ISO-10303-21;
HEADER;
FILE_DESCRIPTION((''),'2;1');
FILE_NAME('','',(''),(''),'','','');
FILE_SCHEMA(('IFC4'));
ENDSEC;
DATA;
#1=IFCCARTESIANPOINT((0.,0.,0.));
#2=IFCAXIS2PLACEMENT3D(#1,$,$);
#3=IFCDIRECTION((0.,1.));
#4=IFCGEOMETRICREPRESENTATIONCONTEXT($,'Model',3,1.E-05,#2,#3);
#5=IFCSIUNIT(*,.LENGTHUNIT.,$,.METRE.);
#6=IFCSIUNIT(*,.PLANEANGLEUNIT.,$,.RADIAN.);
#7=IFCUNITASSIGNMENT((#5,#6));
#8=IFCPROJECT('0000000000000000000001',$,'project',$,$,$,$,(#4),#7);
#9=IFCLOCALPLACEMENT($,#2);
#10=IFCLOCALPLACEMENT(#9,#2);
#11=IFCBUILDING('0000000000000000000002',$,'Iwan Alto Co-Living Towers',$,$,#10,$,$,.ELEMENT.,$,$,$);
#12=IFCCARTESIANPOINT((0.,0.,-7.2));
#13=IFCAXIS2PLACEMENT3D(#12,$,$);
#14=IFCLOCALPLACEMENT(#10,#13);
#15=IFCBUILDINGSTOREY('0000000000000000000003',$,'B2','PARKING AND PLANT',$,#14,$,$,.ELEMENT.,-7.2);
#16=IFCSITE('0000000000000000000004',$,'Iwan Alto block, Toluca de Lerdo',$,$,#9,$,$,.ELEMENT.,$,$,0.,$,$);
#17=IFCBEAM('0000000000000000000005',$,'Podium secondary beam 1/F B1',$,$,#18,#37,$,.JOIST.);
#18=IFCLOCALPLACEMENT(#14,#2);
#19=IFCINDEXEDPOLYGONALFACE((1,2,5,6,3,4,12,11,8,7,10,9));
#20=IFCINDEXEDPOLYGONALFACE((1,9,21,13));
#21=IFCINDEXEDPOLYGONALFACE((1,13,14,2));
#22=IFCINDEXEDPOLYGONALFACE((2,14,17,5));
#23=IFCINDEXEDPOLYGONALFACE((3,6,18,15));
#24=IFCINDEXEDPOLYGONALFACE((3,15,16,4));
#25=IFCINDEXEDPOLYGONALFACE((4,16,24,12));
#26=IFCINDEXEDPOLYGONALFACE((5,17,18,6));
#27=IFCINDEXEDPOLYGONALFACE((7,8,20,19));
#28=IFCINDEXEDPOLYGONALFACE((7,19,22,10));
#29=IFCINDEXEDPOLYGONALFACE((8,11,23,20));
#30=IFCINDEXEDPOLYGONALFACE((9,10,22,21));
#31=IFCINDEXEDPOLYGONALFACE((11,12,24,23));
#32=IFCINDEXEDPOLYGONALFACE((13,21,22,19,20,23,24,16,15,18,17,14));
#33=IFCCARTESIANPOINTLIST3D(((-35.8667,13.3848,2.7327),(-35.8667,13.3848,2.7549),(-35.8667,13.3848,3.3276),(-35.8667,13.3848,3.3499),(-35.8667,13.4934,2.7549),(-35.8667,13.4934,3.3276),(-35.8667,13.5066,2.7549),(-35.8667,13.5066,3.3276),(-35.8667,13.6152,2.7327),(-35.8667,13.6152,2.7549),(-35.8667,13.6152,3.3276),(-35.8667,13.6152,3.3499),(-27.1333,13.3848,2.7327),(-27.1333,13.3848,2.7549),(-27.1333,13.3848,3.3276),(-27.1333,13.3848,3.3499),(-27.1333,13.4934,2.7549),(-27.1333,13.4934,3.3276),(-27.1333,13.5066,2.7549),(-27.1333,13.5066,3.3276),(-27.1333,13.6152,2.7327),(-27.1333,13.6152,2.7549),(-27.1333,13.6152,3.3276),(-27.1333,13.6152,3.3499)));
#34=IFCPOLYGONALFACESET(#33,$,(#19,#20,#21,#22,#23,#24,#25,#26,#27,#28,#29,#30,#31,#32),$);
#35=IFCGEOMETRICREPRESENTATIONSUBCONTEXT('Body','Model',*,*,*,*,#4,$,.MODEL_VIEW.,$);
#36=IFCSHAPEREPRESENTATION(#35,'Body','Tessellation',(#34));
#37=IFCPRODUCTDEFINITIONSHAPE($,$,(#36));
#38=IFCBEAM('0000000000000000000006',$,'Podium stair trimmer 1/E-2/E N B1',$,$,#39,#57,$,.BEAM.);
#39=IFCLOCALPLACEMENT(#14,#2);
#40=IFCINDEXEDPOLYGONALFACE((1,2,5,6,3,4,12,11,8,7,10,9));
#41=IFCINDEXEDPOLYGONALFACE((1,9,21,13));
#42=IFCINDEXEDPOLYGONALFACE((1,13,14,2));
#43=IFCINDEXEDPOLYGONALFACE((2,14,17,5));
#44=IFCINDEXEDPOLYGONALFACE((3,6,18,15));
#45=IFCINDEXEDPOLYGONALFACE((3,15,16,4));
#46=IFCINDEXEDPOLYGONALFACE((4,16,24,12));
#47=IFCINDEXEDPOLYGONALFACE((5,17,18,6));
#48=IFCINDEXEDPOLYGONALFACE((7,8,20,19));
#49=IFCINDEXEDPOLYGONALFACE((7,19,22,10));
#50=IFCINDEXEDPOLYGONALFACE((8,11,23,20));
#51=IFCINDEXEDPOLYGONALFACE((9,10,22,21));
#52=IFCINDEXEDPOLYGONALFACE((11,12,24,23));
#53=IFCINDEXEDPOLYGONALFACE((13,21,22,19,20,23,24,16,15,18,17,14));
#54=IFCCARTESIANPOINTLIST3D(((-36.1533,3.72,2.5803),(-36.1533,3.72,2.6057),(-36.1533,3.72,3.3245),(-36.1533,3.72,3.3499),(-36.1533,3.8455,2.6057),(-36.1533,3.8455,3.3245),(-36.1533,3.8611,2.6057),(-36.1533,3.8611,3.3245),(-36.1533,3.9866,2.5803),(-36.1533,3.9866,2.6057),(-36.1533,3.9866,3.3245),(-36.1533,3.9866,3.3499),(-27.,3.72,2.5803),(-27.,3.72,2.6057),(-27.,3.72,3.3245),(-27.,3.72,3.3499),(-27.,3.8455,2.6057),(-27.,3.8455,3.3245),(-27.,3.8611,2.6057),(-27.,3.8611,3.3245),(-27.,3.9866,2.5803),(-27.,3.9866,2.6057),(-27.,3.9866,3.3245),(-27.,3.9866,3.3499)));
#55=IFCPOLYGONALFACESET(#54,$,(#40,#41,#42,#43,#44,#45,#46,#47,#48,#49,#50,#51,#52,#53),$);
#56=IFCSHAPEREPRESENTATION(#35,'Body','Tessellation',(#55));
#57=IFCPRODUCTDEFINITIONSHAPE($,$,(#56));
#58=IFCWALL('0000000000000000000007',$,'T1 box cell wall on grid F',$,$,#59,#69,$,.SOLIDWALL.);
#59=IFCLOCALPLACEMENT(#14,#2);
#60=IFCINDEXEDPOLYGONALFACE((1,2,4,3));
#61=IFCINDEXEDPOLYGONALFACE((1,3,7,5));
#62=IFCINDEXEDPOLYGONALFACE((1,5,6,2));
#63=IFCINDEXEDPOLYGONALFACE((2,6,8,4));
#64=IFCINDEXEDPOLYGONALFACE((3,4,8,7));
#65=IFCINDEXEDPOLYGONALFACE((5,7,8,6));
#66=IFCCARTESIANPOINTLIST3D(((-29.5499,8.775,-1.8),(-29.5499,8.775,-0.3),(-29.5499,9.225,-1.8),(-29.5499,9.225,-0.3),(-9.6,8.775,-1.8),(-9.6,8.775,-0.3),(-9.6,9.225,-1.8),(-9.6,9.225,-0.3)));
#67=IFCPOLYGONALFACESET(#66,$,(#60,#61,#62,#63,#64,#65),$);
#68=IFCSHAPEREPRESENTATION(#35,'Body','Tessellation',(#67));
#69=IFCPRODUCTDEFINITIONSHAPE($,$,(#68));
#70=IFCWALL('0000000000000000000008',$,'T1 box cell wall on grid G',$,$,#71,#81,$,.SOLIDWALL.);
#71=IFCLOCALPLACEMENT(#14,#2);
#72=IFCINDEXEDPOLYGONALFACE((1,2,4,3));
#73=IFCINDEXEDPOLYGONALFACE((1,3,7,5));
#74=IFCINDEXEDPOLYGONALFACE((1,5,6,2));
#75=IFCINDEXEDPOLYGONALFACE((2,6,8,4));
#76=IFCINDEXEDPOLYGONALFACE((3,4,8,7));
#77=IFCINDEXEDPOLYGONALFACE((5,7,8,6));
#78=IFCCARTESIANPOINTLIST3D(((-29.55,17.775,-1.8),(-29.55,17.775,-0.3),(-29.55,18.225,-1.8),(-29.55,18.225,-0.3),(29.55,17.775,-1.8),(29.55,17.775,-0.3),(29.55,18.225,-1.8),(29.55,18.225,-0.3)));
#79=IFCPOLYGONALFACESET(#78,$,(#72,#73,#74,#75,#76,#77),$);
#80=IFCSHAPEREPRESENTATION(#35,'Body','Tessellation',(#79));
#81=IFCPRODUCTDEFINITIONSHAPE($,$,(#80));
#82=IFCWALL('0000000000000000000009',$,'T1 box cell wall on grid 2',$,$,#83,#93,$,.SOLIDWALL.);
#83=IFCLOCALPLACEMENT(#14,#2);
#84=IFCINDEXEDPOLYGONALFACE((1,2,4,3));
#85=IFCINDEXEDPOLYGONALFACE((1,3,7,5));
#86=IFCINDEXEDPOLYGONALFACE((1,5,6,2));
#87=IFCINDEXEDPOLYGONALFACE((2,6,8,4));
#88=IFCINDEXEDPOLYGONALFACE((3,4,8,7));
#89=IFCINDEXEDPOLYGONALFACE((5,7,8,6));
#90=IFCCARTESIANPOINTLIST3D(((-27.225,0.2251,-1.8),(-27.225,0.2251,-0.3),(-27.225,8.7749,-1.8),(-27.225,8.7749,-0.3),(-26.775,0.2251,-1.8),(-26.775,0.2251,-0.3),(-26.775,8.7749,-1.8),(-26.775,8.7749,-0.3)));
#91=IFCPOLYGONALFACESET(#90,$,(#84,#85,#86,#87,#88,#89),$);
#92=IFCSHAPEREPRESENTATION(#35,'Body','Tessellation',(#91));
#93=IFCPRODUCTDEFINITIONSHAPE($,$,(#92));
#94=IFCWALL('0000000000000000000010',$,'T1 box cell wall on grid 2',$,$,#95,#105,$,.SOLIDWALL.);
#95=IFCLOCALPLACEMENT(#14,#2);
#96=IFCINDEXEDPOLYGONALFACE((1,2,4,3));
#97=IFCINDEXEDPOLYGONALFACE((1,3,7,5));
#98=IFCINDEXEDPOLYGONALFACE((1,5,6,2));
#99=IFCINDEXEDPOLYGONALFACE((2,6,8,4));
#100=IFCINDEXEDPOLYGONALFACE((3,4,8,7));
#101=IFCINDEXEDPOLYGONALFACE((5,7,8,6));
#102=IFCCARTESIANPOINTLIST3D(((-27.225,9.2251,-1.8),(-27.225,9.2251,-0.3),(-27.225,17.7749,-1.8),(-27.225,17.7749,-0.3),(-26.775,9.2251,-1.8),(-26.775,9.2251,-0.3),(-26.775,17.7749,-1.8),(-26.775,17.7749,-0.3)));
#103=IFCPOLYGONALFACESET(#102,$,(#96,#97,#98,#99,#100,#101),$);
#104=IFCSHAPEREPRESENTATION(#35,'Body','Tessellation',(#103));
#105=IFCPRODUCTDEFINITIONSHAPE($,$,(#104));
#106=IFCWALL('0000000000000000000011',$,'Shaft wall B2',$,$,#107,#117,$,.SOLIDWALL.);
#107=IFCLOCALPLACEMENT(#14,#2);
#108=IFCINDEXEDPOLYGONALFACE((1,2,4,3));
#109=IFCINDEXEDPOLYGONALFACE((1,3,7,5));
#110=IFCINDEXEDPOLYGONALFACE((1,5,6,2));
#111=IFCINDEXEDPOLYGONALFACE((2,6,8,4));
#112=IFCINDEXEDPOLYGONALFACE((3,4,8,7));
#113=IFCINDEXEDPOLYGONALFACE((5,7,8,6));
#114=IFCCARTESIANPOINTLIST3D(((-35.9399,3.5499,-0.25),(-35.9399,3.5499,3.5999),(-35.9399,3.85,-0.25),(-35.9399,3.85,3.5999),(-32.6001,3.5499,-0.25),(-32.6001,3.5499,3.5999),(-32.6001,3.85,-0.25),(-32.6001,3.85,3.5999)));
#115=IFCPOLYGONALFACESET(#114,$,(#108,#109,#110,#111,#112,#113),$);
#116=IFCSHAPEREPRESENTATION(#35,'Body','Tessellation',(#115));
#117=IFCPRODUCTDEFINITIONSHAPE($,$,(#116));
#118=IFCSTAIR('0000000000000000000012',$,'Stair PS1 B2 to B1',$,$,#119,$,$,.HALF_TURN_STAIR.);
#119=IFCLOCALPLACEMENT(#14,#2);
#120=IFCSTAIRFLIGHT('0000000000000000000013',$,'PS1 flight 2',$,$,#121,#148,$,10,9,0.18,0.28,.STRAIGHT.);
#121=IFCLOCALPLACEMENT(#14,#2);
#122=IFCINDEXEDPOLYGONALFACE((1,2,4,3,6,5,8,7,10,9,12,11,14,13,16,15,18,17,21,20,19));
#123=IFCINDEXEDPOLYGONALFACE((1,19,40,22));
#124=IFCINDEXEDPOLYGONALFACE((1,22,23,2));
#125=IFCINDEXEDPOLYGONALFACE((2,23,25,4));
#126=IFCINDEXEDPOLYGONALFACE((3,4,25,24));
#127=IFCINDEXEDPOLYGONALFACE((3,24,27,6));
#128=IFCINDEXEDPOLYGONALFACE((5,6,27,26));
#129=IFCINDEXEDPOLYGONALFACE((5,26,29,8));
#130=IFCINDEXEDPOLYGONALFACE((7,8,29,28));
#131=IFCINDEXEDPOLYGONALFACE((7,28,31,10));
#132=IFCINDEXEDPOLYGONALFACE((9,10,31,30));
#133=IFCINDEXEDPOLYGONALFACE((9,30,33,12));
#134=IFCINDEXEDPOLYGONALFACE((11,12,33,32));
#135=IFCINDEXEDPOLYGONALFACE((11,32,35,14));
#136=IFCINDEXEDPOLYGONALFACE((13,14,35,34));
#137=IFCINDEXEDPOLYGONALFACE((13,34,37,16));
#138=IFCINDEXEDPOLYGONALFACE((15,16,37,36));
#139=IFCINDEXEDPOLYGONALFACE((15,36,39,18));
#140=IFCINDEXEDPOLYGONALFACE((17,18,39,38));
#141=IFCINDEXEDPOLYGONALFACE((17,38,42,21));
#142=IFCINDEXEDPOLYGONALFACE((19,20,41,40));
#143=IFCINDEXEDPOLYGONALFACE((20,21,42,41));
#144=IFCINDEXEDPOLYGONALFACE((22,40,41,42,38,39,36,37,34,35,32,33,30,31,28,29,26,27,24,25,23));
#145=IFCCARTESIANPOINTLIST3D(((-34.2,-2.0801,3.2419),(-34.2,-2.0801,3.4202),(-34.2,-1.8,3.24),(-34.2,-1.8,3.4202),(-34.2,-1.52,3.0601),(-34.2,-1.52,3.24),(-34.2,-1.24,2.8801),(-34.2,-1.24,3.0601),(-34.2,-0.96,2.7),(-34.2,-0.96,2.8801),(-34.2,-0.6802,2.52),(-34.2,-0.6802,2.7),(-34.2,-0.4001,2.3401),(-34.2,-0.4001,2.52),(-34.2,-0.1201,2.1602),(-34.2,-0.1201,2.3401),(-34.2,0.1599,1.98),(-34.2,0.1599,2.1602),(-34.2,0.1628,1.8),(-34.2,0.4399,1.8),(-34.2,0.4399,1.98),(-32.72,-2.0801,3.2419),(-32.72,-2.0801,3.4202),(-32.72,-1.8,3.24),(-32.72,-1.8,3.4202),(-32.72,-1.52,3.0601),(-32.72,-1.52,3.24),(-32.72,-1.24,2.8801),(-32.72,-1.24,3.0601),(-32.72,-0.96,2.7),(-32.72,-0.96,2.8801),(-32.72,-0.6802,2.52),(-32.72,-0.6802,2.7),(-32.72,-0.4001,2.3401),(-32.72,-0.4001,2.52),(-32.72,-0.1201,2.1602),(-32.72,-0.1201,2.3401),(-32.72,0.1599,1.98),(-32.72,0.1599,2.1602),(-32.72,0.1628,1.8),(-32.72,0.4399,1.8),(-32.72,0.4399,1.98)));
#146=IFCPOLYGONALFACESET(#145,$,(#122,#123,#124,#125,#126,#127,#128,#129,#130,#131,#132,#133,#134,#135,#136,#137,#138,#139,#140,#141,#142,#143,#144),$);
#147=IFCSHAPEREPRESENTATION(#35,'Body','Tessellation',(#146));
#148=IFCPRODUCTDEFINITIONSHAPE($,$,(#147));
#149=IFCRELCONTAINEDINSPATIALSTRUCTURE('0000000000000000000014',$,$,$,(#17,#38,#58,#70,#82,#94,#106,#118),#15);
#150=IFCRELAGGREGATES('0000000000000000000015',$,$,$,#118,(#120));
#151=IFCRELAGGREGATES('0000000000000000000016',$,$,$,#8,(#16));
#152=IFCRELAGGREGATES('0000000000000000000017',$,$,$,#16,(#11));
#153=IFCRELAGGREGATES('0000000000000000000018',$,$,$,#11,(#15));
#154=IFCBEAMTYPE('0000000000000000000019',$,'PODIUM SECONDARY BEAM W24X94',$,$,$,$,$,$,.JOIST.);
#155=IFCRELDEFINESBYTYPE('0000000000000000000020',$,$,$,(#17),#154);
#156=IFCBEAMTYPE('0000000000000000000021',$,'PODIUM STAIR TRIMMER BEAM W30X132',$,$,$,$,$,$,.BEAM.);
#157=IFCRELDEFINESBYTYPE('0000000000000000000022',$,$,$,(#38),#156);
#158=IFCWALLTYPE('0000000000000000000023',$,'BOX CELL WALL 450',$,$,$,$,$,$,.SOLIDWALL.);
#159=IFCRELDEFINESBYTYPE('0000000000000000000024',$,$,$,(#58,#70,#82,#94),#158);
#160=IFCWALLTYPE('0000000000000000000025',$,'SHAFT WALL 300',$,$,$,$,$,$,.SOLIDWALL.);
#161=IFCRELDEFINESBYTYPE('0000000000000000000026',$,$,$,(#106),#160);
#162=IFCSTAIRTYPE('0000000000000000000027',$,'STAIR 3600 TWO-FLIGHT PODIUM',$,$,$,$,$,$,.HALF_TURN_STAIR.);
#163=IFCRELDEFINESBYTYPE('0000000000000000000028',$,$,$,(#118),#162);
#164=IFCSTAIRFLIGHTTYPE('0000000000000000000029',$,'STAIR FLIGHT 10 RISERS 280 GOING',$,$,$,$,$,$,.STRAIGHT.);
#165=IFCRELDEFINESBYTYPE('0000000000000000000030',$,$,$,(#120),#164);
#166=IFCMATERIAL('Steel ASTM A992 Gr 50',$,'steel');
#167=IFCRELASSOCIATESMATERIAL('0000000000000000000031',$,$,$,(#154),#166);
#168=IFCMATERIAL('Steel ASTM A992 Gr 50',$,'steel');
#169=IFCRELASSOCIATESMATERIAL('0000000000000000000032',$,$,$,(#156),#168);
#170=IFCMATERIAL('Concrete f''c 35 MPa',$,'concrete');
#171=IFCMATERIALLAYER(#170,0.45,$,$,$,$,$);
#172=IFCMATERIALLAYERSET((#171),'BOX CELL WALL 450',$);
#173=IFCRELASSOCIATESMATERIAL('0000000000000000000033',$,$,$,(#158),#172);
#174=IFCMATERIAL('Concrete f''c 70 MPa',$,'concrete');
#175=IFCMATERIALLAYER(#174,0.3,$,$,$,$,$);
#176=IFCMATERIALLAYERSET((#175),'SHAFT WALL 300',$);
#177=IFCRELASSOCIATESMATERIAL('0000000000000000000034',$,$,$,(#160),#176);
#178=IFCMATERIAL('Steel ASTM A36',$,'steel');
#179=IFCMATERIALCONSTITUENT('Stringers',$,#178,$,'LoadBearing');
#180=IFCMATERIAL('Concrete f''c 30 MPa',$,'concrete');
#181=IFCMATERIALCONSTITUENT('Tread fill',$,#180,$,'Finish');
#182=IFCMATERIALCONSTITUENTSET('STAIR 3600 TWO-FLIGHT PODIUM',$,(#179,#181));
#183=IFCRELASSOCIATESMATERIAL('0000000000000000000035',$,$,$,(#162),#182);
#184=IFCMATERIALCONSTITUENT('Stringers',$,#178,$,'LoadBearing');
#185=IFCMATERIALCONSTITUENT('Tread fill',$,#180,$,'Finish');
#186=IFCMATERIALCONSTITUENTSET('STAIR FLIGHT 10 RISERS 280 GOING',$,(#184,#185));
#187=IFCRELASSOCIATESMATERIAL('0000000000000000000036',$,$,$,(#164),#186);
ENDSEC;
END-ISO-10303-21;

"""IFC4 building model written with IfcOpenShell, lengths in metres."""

from ifc_helpers import new_model, si_unit, direction, frame, frame_2d, origin, origin_2d, place, context, subcontext, project, spatial, polyline, rectangle, i_section, outline, extrude, material, layer, layer_set, constituent, constituent_set, material_profile, profile_set, type_object, element, aggregate, save


model = new_model("IFC4")

# Units and contexts
model_context = context("Model", 3, precision=1e-05, world=origin(), true_north=direction((0.0, 1.0)))
body_context = subcontext(model_context, "Body", "Model", "MODEL_VIEW")
ifc_project = project(units=[si_unit("LENGTHUNIT", "METRE"), si_unit("PLANEANGLEUNIT", "RADIAN")], contexts=[model_context])

# Site, building, storey
site_placement = place(None, origin())
site = spatial("IfcSite", under=ifc_project, at=site_placement, Name="Iwan Alto block, Toluca de Lerdo", CompositionType="ELEMENT", RefElevation=0.0)
building_placement = place(site_placement, origin())
building = spatial("IfcBuilding", under=site, at=building_placement, Name="Iwan Alto Co-Living Towers", CompositionType="ELEMENT")
storey_placement = place(building_placement, frame((0.0, 0.0, -7.2)))
storey = spatial("IfcBuildingStorey", under=building, at=storey_placement, Name="B2", Description="PARKING AND PLANT", CompositionType="ELEMENT", Elevation=-7.2)

# Beams
ifc_material_1 = material(Name="Steel ASTM A992 Gr 50", Category="steel")
ifc_material_profile_1 = material_profile(ifc_material_1, i_section(OverallWidth=0.2305, OverallDepth=0.6172, WebThickness=0.0132, FlangeThickness=0.0222, at=origin_2d()), Name="W24X94")
ifc_profile_set_1 = profile_set([ifc_material_profile_1], Name="Steel ASTM A992 Gr 50")
beam_type_1 = type_object("IfcBeamType", Name="PODIUM SECONDARY BEAM W24X94", PredefinedType="JOIST", material=ifc_profile_set_1)
beam_1_placement = place(storey_placement, frame((-35.8667, 13.5, 3.0413), z_axis=(1.0, 0.0, 0.0), x_axis=(0.0, 1.0, 0.0)))
element("IfcBeam", 1, at=beam_1_placement, inside=storey, type_object=beam_type_1, Name="Podium secondary beam 1/F B1", PredefinedType="JOIST", context=body_context, shape_type="SweptSolid", body=[
    extrude(i_section(OverallWidth=0.2305, OverallDepth=0.6172, WebThickness=0.0132, FlangeThickness=0.0222, at=origin_2d()), origin(), (0.0, 0.0, 1.0), 8.7334),
])
ifc_material_2 = material(Name="Steel ASTM A992 Gr 50", Category="steel")
ifc_material_profile_2 = material_profile(ifc_material_2, i_section(OverallWidth=0.2666, OverallDepth=0.7695, WebThickness=0.0156, FlangeThickness=0.0254, at=origin_2d()), Name="W30X132")
ifc_profile_set_2 = profile_set([ifc_material_profile_2], Name="Steel ASTM A992 Gr 50")
beam_type_2 = type_object("IfcBeamType", Name="PODIUM STAIR TRIMMER BEAM W30X132", PredefinedType="BEAM", material=ifc_profile_set_2)
beam_2_placement = place(storey_placement, frame((-36.1533, 3.8533, 2.9651), z_axis=(1.0, 0.0, 0.0), x_axis=(0.0, 1.0, 0.0)))
element("IfcBeam", 2, at=beam_2_placement, inside=storey, type_object=beam_type_2, Name="Podium stair trimmer 1/E-2/E N B1", PredefinedType="BEAM", context=body_context, shape_type="SweptSolid", body=[
    extrude(i_section(OverallWidth=0.2666, OverallDepth=0.7695, WebThickness=0.0156, FlangeThickness=0.0254, at=origin_2d()), origin(), (0.0, 0.0, 1.0), 9.1533),
])

# Walls
ifc_material_3 = material(Name="Concrete f'c 35 MPa", Category="concrete")
ifc_layer_1 = layer(ifc_material_3, 0.45)
ifc_layer_set_1 = layer_set([ifc_layer_1], Name="BOX CELL WALL 450")
wall_type_1 = type_object("IfcWallType", Name="BOX CELL WALL 450", PredefinedType="SOLIDWALL", material=ifc_layer_set_1)
wall_1_placement = place(storey_placement, frame((-29.55, 9.0, -1.8), z_axis=(0.0, 0.0, 1.0), x_axis=(1.0, 0.0, 0.0)))
element("IfcWall", 3, at=wall_1_placement, inside=storey, type_object=wall_type_1, Name="T1 box cell wall on grid F", PredefinedType="SOLIDWALL", context=body_context, shape_type="SweptSolid", body=[
    extrude(rectangle(XDim=19.95, YDim=0.45, at=frame_2d((9.9751, 0.0))), origin(), (0.0, 0.0, 1.0), 1.5),
])
wall_2_placement = place(storey_placement, frame((-29.55, 18.0, -1.8), z_axis=(0.0, 0.0, 1.0), x_axis=(1.0, 0.0, 0.0)))
element("IfcWall", 4, at=wall_2_placement, inside=storey, type_object=wall_type_1, Name="T1 box cell wall on grid G", PredefinedType="SOLIDWALL", context=body_context, shape_type="SweptSolid", body=[
    extrude(rectangle(XDim=59.1001, YDim=0.45, at=frame_2d((29.55, 0.0))), origin(), (0.0, 0.0, 1.0), 1.5),
])
for number, where, z_axis, x_axis, name in (
    (5, (-27.0, 0.2251, -1.8), (0.0, 0.0, 1.0), (0.0, 1.0, 0.0), "T1 box cell wall on grid 2"),
    (6, (-27.0, 9.2251, -1.8), (0.0, 0.0, 1.0), (0.0, 1.0, 0.0), "T1 box cell wall on grid 2"),
):
    element("IfcWall", number, at=place(storey_placement, frame(where, z_axis=z_axis, x_axis=x_axis)), inside=storey, type_object=wall_type_1, Name=name, PredefinedType="SOLIDWALL", context=body_context, shape_type="SweptSolid", body=[
        extrude(rectangle(XDim=8.5498, YDim=0.45, at=frame_2d((4.2749, 0.0))), origin(), (0.0, 0.0, 1.0), 1.5),
    ])
ifc_material_4 = material(Name="Concrete f'c 70 MPa", Category="concrete")
ifc_layer_2 = layer(ifc_material_4, 0.3)
ifc_layer_set_2 = layer_set([ifc_layer_2], Name="SHAFT WALL 300")
wall_type_2 = type_object("IfcWallType", Name="SHAFT WALL 300", PredefinedType="SOLIDWALL", material=ifc_layer_set_2)
wall_3_placement = place(storey_placement, frame((-35.9399, 3.7, -0.25), z_axis=(0.0, 0.0, 1.0), x_axis=(1.0, 0.0, 0.0)))
element("IfcWall", 7, at=wall_3_placement, inside=storey, type_object=wall_type_2, Name="Shaft wall B2", PredefinedType="SOLIDWALL", context=body_context, shape_type="SweptSolid", body=[
    extrude(rectangle(XDim=3.3398, YDim=0.3, at=frame_2d((1.6699, 0.0))), origin(), (0.0, 0.0, 1.0), 3.8499),
])

# Stair, stair flight
ifc_material_5 = material(Name="Steel ASTM A36", Category="steel")
ifc_constituent_1 = constituent(ifc_material_5, Name="Stringers", Category="LoadBearing")
ifc_material_6 = material(Name="Concrete f'c 30 MPa", Category="concrete")
ifc_constituent_2 = constituent(ifc_material_6, Name="Tread fill", Category="Finish")
ifc_constituent_set_1 = constituent_set(constituents=[ifc_constituent_1, ifc_constituent_2], Name="STAIR 3600 TWO-FLIGHT PODIUM")
stair_type = type_object("IfcStairType", Name="STAIR 3600 TWO-FLIGHT PODIUM", PredefinedType="HALF_TURN_STAIR", material=ifc_constituent_set_1)
stair_placement = place(storey_placement, origin())
stair = element("IfcStair", 8, at=stair_placement, inside=storey, type_object=stair_type, Name="Stair PS1 B2 to B1", PredefinedType="HALF_TURN_STAIR")
ifc_constituent_3 = constituent(ifc_material_5, Name="Stringers", Category="LoadBearing")
ifc_constituent_4 = constituent(ifc_material_6, Name="Tread fill", Category="Finish")
ifc_constituent_set_2 = constituent_set(constituents=[ifc_constituent_3, ifc_constituent_4], Name="STAIR FLIGHT 10 RISERS 280 GOING")
stair_flight_type = type_object("IfcStairFlightType", Name="STAIR FLIGHT 10 RISERS 280 GOING", PredefinedType="STRAIGHT", material=ifc_constituent_set_2)
stair_flight_placement = place(storey_placement, frame((-33.46, 0.4399, 1.8), z_axis=(0.0, 0.0, 1.0), x_axis=(0.0, -1.0, 0.0)))
stair_flight = element("IfcStairFlight", 9, at=stair_flight_placement, type_object=stair_flight_type, Name="PS1 flight 2", NumberOfRisers=10, NumberOfTreads=9, PredefinedType="STRAIGHT", RiserHeight=0.18, TreadLength=0.28, context=body_context, shape_type="SweptSolid", body=[
    extrude(outline(polyline([(0.0, 0.0), (0.0, 0.1799), (0.28, 0.1799), (0.28, 0.3601), (0.5601, 0.3601), (0.5601, 0.54), (0.8401, 0.54), (0.8401, 0.72), (1.1201, 0.72), (1.1201, 0.8999), (1.3999, 0.8999), (1.3999, 1.0801), (1.6799, 1.0801), (1.6799, 1.26), (1.96, 1.26), (1.96, 1.4399), (2.24, 1.4399), (2.24, 1.6201), (2.52, 1.6201), (2.52, 1.8), (2.52, 1.4419), (0.2771, 0.0), (0.0, 0.0)])), frame((0.0, 0.74, 0.0), z_axis=(0.0, -1.0, 0.0), x_axis=(1.0, 0.0, 0.0)), (0.0, 0.0, 1.0), 1.48),
])
aggregate(stair, [stair_flight])

save(model, "model.ifc")
